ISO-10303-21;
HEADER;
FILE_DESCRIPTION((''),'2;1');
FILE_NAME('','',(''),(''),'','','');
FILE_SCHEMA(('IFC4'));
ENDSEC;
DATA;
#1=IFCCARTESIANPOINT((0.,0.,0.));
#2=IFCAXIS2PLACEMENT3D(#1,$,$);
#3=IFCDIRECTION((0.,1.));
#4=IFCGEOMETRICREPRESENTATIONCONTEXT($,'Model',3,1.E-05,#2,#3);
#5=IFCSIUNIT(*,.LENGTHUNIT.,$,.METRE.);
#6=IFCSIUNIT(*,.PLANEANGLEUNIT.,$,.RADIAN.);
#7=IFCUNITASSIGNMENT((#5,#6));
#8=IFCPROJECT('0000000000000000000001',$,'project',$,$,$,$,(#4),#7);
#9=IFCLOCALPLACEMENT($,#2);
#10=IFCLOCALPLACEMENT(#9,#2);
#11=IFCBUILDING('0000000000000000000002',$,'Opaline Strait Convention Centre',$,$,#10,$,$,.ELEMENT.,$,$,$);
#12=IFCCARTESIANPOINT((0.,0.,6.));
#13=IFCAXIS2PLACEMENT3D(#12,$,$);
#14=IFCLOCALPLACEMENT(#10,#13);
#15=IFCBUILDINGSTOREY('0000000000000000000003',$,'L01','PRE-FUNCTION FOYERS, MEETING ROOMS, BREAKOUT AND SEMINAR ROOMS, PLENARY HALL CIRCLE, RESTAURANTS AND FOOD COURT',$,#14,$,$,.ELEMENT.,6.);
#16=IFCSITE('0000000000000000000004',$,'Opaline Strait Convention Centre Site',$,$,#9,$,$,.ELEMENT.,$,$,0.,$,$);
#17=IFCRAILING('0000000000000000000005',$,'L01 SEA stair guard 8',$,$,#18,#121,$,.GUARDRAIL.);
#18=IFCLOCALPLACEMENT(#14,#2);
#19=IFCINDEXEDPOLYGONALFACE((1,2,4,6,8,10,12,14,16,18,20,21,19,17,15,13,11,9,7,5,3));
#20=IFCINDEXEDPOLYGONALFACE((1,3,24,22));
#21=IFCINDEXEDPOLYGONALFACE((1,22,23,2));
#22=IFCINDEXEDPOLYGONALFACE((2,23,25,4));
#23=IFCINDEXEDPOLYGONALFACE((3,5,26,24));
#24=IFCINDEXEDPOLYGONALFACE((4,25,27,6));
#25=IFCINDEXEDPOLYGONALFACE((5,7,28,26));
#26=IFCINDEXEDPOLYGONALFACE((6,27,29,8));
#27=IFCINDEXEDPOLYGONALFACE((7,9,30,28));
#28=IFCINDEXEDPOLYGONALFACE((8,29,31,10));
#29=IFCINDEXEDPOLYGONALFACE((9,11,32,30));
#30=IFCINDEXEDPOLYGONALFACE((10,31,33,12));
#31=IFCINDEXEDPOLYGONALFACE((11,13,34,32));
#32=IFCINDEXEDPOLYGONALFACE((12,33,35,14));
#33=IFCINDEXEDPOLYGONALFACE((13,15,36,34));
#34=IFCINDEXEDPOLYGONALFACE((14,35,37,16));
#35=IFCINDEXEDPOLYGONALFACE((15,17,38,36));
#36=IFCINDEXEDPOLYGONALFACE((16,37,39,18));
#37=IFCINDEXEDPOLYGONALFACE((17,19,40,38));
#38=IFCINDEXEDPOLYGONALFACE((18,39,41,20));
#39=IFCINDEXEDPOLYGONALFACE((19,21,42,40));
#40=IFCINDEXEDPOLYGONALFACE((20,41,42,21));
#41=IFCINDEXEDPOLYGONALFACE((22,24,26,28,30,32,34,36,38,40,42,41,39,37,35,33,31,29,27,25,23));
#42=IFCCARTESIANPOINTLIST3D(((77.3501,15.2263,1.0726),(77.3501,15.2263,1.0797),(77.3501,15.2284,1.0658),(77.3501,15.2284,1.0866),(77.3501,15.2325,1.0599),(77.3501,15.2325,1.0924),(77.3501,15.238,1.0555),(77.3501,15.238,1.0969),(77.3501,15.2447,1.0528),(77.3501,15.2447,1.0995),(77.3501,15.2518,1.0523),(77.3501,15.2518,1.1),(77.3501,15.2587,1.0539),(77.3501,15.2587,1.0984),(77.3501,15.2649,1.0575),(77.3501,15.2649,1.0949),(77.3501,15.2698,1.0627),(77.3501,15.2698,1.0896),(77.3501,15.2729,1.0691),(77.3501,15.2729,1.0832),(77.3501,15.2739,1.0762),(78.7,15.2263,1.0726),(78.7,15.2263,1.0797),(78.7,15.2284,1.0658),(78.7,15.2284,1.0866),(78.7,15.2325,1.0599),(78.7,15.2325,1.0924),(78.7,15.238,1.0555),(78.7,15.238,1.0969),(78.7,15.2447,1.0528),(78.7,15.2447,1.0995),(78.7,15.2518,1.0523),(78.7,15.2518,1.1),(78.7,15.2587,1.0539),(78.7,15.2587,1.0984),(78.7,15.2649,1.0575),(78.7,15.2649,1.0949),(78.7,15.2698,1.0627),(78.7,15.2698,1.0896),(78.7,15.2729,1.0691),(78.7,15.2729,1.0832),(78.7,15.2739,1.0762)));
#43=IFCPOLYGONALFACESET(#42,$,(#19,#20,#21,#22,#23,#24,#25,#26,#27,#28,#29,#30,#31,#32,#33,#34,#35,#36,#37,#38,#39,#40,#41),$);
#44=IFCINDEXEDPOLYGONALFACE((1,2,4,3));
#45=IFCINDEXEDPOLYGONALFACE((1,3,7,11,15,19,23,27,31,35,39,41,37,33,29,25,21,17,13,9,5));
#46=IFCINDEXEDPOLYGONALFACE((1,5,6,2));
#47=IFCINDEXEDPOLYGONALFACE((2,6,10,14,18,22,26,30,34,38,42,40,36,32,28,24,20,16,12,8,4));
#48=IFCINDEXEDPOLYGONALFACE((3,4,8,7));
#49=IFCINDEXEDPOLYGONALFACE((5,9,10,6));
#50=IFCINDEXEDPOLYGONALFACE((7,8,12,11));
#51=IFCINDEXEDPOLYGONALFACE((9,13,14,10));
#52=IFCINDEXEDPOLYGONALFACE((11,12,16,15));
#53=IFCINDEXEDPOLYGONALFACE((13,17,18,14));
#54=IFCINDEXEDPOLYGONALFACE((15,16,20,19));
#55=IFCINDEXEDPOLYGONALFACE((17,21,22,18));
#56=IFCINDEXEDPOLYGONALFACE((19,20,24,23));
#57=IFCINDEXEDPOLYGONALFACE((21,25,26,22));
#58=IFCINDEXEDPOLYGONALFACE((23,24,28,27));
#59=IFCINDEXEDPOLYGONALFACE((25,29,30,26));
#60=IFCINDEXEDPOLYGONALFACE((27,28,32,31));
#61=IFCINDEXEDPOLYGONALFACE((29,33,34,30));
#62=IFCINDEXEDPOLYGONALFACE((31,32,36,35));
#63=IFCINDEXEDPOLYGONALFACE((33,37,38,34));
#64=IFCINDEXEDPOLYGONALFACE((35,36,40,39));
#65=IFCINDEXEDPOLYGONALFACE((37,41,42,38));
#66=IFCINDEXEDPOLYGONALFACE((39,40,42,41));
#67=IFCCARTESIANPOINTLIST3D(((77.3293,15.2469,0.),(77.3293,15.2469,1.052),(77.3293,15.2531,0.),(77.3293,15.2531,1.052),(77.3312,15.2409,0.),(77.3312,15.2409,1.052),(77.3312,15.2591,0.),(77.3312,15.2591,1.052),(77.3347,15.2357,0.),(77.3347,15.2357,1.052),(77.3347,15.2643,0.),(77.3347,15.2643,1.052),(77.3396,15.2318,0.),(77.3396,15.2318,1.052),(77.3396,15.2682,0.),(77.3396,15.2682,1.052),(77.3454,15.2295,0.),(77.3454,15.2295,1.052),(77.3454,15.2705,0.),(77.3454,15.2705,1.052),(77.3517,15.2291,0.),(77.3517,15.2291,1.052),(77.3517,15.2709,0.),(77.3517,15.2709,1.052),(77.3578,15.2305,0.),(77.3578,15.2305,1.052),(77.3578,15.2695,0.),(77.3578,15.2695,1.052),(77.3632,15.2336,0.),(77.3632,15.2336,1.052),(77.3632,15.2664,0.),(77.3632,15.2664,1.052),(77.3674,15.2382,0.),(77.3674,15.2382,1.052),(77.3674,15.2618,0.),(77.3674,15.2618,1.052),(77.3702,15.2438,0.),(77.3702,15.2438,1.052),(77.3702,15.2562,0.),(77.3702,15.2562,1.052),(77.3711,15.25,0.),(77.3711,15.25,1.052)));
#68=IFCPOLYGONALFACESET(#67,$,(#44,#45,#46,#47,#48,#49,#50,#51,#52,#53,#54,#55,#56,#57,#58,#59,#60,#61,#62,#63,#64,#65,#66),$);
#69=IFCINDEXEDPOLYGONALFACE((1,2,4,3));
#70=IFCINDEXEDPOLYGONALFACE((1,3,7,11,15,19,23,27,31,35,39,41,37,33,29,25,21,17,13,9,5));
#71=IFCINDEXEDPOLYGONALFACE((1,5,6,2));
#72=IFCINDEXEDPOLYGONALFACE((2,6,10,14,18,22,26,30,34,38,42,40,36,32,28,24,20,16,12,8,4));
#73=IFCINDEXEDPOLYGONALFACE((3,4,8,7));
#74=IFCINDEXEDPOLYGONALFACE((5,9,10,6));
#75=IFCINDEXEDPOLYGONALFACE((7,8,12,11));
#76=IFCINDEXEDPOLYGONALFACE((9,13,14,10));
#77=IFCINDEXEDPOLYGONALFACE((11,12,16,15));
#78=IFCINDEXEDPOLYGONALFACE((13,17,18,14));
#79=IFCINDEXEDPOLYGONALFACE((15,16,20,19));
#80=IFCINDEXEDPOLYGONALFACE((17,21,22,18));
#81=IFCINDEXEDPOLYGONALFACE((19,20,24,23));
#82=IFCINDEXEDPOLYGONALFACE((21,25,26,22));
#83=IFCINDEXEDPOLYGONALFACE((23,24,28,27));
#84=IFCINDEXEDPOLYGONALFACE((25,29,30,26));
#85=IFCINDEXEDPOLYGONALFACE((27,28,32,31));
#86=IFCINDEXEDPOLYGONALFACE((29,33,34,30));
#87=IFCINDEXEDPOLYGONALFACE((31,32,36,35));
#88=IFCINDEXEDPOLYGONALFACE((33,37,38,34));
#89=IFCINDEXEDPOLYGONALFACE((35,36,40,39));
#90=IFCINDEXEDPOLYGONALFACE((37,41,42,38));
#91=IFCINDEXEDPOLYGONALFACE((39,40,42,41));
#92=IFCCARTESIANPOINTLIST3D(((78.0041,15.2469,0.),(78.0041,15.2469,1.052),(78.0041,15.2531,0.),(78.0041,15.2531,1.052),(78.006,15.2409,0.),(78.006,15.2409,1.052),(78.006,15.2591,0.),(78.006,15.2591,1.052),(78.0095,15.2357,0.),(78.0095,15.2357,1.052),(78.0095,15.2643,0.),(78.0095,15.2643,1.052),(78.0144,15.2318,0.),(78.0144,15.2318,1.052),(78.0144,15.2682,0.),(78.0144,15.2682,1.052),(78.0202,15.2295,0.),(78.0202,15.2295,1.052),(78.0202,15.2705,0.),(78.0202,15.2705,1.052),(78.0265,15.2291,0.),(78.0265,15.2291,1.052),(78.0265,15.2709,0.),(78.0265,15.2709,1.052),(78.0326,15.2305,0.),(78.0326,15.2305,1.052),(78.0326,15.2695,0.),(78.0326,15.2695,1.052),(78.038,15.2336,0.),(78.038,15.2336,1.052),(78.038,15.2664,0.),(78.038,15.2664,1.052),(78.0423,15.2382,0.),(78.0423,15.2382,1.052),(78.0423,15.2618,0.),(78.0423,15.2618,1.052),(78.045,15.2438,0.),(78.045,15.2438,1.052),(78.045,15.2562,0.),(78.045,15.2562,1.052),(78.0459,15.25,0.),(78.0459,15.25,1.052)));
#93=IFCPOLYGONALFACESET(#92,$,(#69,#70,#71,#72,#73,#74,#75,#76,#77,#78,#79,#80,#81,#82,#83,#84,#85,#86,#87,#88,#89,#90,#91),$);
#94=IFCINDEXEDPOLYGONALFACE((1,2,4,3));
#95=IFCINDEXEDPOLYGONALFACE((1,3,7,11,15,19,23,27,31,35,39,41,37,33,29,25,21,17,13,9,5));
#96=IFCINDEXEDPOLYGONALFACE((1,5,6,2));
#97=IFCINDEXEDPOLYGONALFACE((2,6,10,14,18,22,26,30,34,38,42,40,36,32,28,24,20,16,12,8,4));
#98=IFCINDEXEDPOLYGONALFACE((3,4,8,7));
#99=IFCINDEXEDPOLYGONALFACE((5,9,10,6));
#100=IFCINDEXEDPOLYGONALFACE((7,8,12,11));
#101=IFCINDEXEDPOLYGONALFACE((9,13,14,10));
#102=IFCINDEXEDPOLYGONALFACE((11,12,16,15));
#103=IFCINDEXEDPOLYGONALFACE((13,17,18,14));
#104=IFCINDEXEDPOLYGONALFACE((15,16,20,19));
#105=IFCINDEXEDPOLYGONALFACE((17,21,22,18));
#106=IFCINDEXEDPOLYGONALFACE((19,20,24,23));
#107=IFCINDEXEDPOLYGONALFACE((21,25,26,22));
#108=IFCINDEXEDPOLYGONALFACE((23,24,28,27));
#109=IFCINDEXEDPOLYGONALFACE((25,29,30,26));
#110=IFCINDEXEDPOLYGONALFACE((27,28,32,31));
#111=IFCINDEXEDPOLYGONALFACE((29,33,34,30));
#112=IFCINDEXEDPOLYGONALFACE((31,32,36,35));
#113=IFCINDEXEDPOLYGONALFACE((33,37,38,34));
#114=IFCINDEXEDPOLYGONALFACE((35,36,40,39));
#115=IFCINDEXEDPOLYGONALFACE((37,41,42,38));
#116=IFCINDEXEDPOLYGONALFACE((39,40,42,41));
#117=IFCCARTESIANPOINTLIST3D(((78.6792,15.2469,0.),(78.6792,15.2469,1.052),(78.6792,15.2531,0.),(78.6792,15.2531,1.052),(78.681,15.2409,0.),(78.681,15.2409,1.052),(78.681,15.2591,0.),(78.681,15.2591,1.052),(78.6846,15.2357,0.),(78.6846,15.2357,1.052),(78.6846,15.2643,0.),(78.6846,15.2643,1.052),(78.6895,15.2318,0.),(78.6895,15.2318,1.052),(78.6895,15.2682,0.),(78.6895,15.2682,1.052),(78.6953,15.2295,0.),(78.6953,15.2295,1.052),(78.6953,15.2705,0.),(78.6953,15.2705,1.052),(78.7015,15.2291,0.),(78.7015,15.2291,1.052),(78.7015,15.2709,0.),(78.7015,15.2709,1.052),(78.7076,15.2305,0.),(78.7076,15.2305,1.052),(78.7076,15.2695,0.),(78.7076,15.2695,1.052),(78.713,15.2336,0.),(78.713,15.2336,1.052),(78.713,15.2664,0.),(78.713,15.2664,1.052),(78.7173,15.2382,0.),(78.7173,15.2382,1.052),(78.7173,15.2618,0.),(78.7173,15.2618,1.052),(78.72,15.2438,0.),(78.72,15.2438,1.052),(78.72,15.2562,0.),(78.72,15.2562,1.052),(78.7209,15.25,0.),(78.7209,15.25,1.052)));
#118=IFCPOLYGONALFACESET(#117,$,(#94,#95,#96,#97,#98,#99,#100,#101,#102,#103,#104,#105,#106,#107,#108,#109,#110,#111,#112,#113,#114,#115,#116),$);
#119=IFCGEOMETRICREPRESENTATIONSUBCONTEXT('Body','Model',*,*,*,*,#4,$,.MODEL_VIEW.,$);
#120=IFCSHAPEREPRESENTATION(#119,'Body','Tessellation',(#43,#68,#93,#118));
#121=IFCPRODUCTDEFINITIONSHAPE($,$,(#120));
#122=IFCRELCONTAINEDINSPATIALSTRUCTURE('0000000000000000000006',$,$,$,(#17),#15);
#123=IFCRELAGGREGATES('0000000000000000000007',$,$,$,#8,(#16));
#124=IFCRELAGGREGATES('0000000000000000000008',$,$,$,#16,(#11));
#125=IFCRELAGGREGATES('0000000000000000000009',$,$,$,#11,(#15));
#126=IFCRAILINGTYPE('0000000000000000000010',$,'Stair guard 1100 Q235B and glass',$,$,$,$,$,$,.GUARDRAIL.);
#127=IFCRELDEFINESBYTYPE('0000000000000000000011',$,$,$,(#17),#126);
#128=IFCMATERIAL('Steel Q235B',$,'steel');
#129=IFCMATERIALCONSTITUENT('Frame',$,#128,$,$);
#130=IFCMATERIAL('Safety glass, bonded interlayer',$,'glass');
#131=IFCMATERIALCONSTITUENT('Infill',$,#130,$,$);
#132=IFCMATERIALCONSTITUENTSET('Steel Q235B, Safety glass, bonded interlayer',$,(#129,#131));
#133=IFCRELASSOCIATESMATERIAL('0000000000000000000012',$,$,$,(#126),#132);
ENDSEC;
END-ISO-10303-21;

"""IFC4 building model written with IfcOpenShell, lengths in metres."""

from ifc_helpers import new_model, si_unit, direction, frame, origin, origin_2d, place, context, subcontext, project, spatial, circle, extrude, material, constituent, constituent_set, type_object, element, save


model = new_model("IFC4")

# Units and contexts
model_context = context("Model", 3, precision=1e-05, world=origin(), true_north=direction((0.0, 1.0)))
body_context = subcontext(model_context, "Body", "Model", "MODEL_VIEW")
ifc_project = project(units=[si_unit("LENGTHUNIT", "METRE"), si_unit("PLANEANGLEUNIT", "RADIAN")], contexts=[model_context])

# Site, building, storey
site_placement = place(None, origin())
site = spatial("IfcSite", under=ifc_project, at=site_placement, Name="Opaline Strait Convention Centre Site", CompositionType="ELEMENT", RefElevation=0.0)
building_placement = place(site_placement, origin())
building = spatial("IfcBuilding", under=site, at=building_placement, Name="Opaline Strait Convention Centre", CompositionType="ELEMENT")
storey_placement = place(building_placement, frame((0.0, 0.0, 6.0)))
storey = spatial("IfcBuildingStorey", under=building, at=storey_placement, Name="L01", Description="PRE-FUNCTION FOYERS, MEETING ROOMS, BREAKOUT AND SEMINAR ROOMS, PLENARY HALL CIRCLE, RESTAURANTS AND FOOD COURT", CompositionType="ELEMENT", Elevation=6.0)

# Railing
ifc_material_1 = material(Name="Steel Q235B", Category="steel")
ifc_constituent_1 = constituent(ifc_material_1, Name="Frame")
ifc_material_2 = material(Name="Safety glass, bonded interlayer", Category="glass")
ifc_constituent_2 = constituent(ifc_material_2, Name="Infill")
ifc_constituent_set = constituent_set(constituents=[ifc_constituent_1, ifc_constituent_2], Name="Steel Q235B, Safety glass, bonded interlayer")
railing_type_1 = type_object("IfcRailingType", Name="Stair guard 1100 Q235B and glass", PredefinedType="GUARDRAIL", material=ifc_constituent_set)
railing_1_placement = place(storey_placement, frame((77.3501, 15.25, 0.0)))
element("IfcRailing", 1, at=railing_1_placement, inside=storey, type_object=railing_type_1, Name="L01 SEA stair guard 8", PredefinedType="GUARDRAIL", context=body_context, shape_type="SweptSolid", body=[
    extrude(circle(Radius=0.0239, at=origin_2d()), frame((0.0, 0.0, 1.0762), z_axis=(1.0, 0.0, 0.0), x_axis=(0.0, 1.0, 0.0)), (0.0, 0.0, 1.0), 1.3499),
    extrude(circle(Radius=0.021, at=origin_2d()), origin(), (0.0, 0.0, 1.0), 1.052),
    extrude(circle(Radius=0.021, at=origin_2d()), frame((0.6748, 0.0, 0.0)), (0.0, 0.0, 1.0), 1.052),
    extrude(circle(Radius=0.021, at=origin_2d()), frame((1.3499, 0.0, 0.0)), (0.0, 0.0, 1.0), 1.052),
])

save(model, "model.ifc")
